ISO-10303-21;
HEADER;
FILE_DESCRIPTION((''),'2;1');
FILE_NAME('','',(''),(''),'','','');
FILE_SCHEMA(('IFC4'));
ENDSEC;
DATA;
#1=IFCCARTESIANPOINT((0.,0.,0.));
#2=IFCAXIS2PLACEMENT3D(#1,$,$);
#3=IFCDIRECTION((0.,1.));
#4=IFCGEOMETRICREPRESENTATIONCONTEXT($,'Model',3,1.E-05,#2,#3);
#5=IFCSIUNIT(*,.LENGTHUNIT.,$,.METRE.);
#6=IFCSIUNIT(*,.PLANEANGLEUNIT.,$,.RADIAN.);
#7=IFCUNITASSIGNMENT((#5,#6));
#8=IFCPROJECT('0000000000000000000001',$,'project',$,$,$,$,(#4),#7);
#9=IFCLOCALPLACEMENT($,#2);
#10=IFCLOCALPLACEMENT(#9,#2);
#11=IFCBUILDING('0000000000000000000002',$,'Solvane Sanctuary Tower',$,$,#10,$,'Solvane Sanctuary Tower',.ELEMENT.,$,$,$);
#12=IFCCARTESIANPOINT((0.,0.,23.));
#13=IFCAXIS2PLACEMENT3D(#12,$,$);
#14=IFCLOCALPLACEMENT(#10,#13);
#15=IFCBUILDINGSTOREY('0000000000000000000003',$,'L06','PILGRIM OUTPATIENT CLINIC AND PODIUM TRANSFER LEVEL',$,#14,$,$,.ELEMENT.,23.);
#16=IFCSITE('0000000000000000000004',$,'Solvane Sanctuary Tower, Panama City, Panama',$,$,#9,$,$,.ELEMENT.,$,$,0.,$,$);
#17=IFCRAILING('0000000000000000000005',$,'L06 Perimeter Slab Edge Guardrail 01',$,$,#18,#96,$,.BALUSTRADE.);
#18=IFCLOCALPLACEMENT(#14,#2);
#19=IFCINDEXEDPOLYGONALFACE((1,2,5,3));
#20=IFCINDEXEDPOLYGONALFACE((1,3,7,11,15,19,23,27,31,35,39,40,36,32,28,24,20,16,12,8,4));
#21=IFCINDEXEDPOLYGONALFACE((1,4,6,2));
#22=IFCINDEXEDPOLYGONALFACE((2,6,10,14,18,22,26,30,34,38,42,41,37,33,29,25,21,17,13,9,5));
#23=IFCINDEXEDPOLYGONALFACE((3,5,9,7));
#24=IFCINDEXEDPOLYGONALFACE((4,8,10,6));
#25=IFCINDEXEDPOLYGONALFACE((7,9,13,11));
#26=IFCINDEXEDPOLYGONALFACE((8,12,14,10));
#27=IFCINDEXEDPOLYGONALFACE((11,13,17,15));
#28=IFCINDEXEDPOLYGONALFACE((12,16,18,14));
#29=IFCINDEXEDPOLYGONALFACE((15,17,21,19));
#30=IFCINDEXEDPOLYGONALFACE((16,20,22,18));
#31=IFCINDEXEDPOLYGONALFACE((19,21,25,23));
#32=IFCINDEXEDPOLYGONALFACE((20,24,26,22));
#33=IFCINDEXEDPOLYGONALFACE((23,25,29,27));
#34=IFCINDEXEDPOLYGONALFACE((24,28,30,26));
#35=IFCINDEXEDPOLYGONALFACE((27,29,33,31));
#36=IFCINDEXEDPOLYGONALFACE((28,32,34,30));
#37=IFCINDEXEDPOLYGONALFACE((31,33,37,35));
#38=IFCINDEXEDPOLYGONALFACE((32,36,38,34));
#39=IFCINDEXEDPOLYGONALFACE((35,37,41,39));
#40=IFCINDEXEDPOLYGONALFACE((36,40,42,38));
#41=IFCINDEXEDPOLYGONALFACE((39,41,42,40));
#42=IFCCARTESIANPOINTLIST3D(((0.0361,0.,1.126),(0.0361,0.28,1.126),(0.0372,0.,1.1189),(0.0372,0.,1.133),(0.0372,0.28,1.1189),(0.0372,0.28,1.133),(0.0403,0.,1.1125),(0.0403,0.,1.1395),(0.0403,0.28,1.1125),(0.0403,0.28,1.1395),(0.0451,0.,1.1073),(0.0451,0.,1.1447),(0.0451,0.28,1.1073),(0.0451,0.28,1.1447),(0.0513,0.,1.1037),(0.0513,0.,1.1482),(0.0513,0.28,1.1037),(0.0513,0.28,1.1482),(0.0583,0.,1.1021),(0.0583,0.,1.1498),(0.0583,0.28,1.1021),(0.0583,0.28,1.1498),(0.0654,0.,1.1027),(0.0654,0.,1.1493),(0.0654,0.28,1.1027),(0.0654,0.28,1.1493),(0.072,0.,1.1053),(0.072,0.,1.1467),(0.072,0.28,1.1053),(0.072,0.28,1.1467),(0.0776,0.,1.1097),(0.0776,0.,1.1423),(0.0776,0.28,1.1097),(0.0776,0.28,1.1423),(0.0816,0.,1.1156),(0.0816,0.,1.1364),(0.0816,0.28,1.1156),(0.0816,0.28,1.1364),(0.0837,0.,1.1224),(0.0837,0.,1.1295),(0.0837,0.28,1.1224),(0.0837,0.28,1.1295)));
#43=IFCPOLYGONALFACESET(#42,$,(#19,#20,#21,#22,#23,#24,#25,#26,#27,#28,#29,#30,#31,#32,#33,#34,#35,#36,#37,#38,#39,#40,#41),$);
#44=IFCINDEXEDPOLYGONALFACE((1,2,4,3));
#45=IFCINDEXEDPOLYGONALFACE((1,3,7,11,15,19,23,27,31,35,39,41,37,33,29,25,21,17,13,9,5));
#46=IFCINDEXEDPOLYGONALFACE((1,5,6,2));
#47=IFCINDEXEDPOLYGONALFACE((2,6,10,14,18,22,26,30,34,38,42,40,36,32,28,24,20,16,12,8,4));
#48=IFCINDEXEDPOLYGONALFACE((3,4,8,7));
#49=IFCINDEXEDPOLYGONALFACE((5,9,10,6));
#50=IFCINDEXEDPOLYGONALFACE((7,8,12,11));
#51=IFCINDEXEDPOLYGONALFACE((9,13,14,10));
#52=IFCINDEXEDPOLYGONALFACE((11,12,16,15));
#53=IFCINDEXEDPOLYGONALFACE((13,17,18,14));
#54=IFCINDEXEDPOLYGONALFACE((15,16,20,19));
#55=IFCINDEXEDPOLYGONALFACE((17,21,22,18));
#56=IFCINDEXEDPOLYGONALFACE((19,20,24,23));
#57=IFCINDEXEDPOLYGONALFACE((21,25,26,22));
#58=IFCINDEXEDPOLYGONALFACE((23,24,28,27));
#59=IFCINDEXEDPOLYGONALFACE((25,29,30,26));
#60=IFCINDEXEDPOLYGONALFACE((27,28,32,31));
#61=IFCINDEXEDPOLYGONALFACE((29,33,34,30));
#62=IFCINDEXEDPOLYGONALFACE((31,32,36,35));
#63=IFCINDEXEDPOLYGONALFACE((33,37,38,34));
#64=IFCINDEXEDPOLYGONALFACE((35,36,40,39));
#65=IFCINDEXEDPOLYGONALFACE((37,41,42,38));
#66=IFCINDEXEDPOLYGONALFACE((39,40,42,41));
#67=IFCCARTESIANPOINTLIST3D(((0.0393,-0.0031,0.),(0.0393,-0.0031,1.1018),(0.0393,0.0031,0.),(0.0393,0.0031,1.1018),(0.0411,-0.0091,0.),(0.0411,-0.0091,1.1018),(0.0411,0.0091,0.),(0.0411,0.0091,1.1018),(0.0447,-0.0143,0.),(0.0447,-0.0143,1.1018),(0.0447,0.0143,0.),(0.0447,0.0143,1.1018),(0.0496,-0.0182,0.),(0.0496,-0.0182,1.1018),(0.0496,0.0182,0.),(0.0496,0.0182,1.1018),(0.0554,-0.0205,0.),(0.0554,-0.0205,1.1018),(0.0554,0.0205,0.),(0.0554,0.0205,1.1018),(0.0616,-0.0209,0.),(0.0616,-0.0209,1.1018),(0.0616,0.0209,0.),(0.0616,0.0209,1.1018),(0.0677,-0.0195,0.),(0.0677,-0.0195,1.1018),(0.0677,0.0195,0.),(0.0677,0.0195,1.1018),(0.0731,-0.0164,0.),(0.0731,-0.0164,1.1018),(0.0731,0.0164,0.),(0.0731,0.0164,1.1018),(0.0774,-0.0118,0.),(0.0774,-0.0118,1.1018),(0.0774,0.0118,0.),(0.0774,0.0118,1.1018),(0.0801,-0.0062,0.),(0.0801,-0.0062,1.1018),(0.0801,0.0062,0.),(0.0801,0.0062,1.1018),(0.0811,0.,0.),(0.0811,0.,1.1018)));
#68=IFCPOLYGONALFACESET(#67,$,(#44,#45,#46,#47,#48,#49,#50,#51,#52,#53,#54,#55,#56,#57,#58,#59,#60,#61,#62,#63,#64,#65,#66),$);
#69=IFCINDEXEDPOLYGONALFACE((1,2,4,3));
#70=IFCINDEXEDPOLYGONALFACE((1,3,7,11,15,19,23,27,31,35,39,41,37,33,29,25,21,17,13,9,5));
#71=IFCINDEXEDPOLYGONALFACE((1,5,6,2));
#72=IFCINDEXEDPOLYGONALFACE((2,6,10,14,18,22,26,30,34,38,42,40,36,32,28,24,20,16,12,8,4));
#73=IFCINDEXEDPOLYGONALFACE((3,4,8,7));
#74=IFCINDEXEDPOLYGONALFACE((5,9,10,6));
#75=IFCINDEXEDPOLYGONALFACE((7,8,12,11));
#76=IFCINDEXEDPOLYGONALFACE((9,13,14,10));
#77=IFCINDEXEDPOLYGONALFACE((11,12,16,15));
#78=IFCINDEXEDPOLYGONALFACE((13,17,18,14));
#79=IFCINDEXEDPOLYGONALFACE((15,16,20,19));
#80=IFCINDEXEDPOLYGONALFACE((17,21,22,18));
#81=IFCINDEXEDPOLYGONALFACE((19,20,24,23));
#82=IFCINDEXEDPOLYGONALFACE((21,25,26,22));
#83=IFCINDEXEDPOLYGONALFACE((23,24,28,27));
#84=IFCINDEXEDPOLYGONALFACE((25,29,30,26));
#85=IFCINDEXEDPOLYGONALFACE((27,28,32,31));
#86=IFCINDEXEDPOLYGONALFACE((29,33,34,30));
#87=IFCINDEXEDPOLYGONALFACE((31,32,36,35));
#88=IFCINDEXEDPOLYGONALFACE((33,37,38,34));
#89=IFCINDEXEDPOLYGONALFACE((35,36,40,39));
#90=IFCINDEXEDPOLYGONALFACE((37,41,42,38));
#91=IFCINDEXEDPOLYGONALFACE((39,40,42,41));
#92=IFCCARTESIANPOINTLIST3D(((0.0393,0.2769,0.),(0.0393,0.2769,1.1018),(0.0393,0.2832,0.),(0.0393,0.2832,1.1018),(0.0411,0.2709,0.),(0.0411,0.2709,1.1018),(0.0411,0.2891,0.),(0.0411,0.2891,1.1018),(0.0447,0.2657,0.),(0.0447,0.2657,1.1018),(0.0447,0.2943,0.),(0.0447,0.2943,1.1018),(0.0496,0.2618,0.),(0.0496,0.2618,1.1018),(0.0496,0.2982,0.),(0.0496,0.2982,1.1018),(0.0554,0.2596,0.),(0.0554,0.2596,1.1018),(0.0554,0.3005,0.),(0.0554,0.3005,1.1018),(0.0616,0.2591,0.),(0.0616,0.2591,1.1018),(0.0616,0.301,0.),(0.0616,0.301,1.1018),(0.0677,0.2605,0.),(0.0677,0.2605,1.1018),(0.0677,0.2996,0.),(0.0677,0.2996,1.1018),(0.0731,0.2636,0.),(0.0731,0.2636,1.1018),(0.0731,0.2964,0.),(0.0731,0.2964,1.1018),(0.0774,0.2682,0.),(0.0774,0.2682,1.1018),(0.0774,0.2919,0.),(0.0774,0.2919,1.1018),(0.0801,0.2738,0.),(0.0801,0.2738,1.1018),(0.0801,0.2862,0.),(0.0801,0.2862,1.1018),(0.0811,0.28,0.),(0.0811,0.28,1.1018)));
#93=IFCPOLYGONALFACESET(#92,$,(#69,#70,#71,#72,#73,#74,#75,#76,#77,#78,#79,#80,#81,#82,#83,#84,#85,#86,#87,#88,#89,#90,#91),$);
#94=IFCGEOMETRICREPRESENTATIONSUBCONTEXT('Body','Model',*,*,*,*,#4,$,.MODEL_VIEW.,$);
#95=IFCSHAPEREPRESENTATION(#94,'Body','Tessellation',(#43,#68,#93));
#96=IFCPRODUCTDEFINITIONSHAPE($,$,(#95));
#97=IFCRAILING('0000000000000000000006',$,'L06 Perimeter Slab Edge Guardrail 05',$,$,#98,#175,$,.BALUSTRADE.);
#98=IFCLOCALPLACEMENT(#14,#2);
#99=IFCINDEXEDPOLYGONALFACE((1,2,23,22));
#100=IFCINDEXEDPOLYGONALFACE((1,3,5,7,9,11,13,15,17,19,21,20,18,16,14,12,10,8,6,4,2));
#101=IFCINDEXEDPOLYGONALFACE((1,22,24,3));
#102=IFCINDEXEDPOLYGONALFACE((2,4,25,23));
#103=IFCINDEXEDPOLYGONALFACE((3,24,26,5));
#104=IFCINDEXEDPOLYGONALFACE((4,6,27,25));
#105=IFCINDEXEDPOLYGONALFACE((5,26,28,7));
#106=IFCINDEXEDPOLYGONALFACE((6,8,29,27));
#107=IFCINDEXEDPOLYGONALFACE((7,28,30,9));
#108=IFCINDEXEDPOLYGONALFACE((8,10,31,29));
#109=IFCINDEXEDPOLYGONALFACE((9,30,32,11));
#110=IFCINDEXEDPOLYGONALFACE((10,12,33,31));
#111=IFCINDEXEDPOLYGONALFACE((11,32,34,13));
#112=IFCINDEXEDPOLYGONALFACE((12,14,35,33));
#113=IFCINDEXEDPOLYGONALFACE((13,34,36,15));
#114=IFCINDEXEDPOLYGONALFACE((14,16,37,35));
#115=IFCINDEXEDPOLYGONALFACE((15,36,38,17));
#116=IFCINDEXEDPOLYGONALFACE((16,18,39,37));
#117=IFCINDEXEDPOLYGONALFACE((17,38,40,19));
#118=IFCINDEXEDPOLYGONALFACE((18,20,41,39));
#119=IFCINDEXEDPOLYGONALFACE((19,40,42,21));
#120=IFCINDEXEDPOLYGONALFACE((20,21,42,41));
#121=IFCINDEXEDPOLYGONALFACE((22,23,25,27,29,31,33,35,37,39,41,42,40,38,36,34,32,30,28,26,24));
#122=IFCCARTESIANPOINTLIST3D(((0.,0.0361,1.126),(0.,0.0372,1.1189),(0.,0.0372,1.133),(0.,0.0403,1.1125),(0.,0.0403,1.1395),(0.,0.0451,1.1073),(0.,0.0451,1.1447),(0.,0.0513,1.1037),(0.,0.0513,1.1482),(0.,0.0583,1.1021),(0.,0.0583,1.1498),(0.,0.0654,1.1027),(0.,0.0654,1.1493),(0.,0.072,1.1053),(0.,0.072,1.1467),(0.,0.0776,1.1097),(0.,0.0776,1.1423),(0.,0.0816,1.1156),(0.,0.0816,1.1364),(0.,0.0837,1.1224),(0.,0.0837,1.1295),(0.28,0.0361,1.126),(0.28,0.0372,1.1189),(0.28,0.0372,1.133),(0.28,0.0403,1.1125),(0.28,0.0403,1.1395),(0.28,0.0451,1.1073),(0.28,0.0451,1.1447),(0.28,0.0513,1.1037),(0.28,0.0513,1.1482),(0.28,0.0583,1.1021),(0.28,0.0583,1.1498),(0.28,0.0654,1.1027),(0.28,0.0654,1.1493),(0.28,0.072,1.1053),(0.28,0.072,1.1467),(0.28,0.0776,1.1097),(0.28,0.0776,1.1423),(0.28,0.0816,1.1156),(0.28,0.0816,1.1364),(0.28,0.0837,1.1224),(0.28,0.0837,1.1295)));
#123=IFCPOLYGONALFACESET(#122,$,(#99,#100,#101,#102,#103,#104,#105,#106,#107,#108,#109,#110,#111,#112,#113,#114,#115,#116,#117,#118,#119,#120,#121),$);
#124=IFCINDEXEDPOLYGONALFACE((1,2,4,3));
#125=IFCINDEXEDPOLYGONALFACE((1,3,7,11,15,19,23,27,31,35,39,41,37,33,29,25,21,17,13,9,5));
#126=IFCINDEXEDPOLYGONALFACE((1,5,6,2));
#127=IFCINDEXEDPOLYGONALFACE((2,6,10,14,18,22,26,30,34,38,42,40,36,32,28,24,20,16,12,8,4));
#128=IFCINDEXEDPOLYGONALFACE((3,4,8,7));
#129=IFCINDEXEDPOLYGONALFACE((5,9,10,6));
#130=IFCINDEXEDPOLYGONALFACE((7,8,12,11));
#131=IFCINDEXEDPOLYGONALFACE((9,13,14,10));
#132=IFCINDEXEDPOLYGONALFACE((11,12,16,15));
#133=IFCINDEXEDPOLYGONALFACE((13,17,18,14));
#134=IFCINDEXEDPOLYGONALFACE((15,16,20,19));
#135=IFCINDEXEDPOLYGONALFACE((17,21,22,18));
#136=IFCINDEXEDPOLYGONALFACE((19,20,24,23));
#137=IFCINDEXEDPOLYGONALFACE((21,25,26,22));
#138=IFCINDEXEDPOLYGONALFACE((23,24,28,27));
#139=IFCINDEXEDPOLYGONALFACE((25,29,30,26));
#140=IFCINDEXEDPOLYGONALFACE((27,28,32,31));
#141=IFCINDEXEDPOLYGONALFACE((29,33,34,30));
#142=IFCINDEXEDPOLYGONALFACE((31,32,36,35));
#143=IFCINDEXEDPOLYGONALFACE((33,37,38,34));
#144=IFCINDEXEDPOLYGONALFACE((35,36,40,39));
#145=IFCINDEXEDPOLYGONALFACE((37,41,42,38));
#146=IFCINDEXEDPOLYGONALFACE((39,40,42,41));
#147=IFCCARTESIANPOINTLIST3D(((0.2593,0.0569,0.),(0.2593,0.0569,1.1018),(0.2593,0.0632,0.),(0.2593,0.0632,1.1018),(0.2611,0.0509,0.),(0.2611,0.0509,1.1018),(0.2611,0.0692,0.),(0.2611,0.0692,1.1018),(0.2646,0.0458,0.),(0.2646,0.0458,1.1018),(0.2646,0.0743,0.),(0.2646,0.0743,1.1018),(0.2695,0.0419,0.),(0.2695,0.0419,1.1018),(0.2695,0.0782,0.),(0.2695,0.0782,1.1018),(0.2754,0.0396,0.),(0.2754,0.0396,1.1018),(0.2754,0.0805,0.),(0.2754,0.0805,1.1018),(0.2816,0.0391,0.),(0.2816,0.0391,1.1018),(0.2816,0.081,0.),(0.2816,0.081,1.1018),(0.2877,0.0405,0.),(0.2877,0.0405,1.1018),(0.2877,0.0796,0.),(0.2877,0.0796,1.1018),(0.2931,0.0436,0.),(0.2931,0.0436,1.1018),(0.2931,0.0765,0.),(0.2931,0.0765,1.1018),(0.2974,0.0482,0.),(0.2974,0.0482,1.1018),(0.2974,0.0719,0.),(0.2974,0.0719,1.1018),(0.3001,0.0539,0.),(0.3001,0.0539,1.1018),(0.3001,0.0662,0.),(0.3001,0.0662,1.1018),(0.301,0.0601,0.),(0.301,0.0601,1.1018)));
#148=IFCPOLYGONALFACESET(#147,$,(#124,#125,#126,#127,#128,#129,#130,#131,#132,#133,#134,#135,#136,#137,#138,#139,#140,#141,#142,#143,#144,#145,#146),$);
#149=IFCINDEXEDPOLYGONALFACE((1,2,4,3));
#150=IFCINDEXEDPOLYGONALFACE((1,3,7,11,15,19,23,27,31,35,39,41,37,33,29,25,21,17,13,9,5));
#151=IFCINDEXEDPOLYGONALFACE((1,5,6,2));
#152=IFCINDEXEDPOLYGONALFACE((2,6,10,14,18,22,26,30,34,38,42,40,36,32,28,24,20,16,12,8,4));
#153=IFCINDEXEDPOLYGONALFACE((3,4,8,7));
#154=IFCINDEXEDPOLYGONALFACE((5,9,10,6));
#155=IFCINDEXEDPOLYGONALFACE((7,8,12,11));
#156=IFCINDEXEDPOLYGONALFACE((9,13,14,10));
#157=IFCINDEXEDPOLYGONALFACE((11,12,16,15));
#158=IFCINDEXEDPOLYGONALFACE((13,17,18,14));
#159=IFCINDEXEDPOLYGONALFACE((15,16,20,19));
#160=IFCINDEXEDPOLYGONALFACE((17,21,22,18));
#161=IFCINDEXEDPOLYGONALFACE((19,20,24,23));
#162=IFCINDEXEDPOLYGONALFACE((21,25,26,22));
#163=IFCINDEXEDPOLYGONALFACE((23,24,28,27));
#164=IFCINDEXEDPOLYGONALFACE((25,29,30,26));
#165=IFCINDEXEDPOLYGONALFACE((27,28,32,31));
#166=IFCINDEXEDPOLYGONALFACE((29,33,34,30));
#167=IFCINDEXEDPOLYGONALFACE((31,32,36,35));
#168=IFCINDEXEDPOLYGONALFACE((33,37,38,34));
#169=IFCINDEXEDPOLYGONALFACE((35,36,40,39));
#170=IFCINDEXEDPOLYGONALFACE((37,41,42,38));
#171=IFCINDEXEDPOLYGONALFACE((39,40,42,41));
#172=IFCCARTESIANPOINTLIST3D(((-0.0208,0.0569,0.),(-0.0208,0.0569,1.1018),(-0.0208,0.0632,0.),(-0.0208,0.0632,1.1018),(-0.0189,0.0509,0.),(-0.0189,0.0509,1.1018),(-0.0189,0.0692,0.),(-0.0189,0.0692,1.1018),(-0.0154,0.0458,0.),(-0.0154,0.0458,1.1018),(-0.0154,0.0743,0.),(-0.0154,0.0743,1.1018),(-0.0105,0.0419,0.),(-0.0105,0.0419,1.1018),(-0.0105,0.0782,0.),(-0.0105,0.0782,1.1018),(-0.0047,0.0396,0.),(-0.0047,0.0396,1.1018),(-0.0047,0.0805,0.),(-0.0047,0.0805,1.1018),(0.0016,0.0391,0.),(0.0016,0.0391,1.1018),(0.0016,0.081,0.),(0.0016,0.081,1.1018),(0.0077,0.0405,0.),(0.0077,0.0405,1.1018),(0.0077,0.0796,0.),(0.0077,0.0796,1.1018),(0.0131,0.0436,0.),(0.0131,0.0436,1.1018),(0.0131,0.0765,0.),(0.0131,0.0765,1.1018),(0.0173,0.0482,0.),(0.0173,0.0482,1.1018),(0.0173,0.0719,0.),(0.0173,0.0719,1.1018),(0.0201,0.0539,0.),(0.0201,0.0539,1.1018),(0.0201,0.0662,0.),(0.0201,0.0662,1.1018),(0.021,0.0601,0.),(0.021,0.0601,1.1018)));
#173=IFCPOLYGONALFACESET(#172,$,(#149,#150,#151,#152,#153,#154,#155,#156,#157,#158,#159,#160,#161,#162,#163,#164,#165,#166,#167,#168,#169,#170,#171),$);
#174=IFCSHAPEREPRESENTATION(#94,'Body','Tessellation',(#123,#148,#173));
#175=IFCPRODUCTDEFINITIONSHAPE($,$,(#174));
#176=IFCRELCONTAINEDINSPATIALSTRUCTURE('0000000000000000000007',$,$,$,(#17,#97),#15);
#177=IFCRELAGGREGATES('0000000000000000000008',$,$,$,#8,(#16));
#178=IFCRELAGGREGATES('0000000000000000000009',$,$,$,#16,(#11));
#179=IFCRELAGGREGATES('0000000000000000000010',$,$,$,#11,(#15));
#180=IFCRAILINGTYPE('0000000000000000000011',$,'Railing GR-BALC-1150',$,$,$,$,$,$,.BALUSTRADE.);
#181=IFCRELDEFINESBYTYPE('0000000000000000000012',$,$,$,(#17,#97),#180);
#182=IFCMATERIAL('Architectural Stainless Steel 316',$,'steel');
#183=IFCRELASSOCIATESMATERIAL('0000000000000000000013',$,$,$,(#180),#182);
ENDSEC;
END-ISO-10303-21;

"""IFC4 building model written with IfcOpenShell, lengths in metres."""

from ifc_helpers import new_model, si_unit, direction, frame, origin, origin_2d, place, context, subcontext, project, spatial, circle, extrude, material, type_object, element, save


model = new_model("IFC4")

# Units and contexts
model_context = context("Model", 3, precision=1e-05, world=origin(), true_north=direction((0.0, 1.0)))
body_context = subcontext(model_context, "Body", "Model", "MODEL_VIEW")
ifc_project = project(units=[si_unit("LENGTHUNIT", "METRE"), si_unit("PLANEANGLEUNIT", "RADIAN")], contexts=[model_context])

# Site, building, storey
site_placement = place(None, origin())
site = spatial("IfcSite", under=ifc_project, at=site_placement, Name="Solvane Sanctuary Tower, Panama City, Panama", CompositionType="ELEMENT", RefElevation=0.0)
building_placement = place(site_placement, origin())
building = spatial("IfcBuilding", under=site, at=building_placement, Name="Solvane Sanctuary Tower", LongName="Solvane Sanctuary Tower", CompositionType="ELEMENT")
storey_placement = place(building_placement, frame((0.0, 0.0, 23.0)))
storey = spatial("IfcBuildingStorey", under=building, at=storey_placement, Name="L06", Description="PILGRIM OUTPATIENT CLINIC AND PODIUM TRANSFER LEVEL", CompositionType="ELEMENT", Elevation=23.0)

# Shared definitions
ifc_material_1 = material(Name="Architectural Stainless Steel 316", Category="steel")

# Railings
railing_type = type_object("IfcRailingType", Name="Railing GR-BALC-1150", PredefinedType="BALUSTRADE", material=ifc_material_1)
railing_1_placement = place(storey_placement, frame((0.0601, 0.0, 0.0)))
element("IfcRailing", 1, at=railing_1_placement, inside=storey, type_object=railing_type, Name="L06 Perimeter Slab Edge Guardrail 01", PredefinedType="BALUSTRADE", context=body_context, shape_type="SweptSolid", body=[
    extrude(circle(Radius=0.0239, at=origin_2d()), frame((0.0, 0.0, 1.126), z_axis=(0.0, 1.0, 0.0), x_axis=(-1.0, 0.0, 0.0)), (0.0, 0.0, 1.0), 0.28),
    extrude(circle(Radius=0.021, at=origin_2d()), origin(), (0.0, 0.0, 1.0), 1.1018),
    extrude(circle(Radius=0.021, at=origin_2d()), frame((0.0, 0.28, 0.0)), (0.0, 0.0, 1.0), 1.1018),
])
railing_2_placement = place(storey_placement, frame((0.28, 0.0601, 0.0)))
element("IfcRailing", 2, at=railing_2_placement, inside=storey, type_object=railing_type, Name="L06 Perimeter Slab Edge Guardrail 05", PredefinedType="BALUSTRADE", context=body_context, shape_type="SweptSolid", body=[
    extrude(circle(Radius=0.0239, at=origin_2d()), frame((0.0, 0.0, 1.126), z_axis=(-1.0, 0.0, 0.0), x_axis=(0.0, -1.0, 0.0)), (0.0, 0.0, 1.0), 0.28),
    extrude(circle(Radius=0.021, at=origin_2d()), origin(), (0.0, 0.0, 1.0), 1.1018),
    extrude(circle(Radius=0.021, at=origin_2d()), frame((-0.28, 0.0, 0.0)), (0.0, 0.0, 1.0), 1.1018),
])

save(model, "model.ifc")
